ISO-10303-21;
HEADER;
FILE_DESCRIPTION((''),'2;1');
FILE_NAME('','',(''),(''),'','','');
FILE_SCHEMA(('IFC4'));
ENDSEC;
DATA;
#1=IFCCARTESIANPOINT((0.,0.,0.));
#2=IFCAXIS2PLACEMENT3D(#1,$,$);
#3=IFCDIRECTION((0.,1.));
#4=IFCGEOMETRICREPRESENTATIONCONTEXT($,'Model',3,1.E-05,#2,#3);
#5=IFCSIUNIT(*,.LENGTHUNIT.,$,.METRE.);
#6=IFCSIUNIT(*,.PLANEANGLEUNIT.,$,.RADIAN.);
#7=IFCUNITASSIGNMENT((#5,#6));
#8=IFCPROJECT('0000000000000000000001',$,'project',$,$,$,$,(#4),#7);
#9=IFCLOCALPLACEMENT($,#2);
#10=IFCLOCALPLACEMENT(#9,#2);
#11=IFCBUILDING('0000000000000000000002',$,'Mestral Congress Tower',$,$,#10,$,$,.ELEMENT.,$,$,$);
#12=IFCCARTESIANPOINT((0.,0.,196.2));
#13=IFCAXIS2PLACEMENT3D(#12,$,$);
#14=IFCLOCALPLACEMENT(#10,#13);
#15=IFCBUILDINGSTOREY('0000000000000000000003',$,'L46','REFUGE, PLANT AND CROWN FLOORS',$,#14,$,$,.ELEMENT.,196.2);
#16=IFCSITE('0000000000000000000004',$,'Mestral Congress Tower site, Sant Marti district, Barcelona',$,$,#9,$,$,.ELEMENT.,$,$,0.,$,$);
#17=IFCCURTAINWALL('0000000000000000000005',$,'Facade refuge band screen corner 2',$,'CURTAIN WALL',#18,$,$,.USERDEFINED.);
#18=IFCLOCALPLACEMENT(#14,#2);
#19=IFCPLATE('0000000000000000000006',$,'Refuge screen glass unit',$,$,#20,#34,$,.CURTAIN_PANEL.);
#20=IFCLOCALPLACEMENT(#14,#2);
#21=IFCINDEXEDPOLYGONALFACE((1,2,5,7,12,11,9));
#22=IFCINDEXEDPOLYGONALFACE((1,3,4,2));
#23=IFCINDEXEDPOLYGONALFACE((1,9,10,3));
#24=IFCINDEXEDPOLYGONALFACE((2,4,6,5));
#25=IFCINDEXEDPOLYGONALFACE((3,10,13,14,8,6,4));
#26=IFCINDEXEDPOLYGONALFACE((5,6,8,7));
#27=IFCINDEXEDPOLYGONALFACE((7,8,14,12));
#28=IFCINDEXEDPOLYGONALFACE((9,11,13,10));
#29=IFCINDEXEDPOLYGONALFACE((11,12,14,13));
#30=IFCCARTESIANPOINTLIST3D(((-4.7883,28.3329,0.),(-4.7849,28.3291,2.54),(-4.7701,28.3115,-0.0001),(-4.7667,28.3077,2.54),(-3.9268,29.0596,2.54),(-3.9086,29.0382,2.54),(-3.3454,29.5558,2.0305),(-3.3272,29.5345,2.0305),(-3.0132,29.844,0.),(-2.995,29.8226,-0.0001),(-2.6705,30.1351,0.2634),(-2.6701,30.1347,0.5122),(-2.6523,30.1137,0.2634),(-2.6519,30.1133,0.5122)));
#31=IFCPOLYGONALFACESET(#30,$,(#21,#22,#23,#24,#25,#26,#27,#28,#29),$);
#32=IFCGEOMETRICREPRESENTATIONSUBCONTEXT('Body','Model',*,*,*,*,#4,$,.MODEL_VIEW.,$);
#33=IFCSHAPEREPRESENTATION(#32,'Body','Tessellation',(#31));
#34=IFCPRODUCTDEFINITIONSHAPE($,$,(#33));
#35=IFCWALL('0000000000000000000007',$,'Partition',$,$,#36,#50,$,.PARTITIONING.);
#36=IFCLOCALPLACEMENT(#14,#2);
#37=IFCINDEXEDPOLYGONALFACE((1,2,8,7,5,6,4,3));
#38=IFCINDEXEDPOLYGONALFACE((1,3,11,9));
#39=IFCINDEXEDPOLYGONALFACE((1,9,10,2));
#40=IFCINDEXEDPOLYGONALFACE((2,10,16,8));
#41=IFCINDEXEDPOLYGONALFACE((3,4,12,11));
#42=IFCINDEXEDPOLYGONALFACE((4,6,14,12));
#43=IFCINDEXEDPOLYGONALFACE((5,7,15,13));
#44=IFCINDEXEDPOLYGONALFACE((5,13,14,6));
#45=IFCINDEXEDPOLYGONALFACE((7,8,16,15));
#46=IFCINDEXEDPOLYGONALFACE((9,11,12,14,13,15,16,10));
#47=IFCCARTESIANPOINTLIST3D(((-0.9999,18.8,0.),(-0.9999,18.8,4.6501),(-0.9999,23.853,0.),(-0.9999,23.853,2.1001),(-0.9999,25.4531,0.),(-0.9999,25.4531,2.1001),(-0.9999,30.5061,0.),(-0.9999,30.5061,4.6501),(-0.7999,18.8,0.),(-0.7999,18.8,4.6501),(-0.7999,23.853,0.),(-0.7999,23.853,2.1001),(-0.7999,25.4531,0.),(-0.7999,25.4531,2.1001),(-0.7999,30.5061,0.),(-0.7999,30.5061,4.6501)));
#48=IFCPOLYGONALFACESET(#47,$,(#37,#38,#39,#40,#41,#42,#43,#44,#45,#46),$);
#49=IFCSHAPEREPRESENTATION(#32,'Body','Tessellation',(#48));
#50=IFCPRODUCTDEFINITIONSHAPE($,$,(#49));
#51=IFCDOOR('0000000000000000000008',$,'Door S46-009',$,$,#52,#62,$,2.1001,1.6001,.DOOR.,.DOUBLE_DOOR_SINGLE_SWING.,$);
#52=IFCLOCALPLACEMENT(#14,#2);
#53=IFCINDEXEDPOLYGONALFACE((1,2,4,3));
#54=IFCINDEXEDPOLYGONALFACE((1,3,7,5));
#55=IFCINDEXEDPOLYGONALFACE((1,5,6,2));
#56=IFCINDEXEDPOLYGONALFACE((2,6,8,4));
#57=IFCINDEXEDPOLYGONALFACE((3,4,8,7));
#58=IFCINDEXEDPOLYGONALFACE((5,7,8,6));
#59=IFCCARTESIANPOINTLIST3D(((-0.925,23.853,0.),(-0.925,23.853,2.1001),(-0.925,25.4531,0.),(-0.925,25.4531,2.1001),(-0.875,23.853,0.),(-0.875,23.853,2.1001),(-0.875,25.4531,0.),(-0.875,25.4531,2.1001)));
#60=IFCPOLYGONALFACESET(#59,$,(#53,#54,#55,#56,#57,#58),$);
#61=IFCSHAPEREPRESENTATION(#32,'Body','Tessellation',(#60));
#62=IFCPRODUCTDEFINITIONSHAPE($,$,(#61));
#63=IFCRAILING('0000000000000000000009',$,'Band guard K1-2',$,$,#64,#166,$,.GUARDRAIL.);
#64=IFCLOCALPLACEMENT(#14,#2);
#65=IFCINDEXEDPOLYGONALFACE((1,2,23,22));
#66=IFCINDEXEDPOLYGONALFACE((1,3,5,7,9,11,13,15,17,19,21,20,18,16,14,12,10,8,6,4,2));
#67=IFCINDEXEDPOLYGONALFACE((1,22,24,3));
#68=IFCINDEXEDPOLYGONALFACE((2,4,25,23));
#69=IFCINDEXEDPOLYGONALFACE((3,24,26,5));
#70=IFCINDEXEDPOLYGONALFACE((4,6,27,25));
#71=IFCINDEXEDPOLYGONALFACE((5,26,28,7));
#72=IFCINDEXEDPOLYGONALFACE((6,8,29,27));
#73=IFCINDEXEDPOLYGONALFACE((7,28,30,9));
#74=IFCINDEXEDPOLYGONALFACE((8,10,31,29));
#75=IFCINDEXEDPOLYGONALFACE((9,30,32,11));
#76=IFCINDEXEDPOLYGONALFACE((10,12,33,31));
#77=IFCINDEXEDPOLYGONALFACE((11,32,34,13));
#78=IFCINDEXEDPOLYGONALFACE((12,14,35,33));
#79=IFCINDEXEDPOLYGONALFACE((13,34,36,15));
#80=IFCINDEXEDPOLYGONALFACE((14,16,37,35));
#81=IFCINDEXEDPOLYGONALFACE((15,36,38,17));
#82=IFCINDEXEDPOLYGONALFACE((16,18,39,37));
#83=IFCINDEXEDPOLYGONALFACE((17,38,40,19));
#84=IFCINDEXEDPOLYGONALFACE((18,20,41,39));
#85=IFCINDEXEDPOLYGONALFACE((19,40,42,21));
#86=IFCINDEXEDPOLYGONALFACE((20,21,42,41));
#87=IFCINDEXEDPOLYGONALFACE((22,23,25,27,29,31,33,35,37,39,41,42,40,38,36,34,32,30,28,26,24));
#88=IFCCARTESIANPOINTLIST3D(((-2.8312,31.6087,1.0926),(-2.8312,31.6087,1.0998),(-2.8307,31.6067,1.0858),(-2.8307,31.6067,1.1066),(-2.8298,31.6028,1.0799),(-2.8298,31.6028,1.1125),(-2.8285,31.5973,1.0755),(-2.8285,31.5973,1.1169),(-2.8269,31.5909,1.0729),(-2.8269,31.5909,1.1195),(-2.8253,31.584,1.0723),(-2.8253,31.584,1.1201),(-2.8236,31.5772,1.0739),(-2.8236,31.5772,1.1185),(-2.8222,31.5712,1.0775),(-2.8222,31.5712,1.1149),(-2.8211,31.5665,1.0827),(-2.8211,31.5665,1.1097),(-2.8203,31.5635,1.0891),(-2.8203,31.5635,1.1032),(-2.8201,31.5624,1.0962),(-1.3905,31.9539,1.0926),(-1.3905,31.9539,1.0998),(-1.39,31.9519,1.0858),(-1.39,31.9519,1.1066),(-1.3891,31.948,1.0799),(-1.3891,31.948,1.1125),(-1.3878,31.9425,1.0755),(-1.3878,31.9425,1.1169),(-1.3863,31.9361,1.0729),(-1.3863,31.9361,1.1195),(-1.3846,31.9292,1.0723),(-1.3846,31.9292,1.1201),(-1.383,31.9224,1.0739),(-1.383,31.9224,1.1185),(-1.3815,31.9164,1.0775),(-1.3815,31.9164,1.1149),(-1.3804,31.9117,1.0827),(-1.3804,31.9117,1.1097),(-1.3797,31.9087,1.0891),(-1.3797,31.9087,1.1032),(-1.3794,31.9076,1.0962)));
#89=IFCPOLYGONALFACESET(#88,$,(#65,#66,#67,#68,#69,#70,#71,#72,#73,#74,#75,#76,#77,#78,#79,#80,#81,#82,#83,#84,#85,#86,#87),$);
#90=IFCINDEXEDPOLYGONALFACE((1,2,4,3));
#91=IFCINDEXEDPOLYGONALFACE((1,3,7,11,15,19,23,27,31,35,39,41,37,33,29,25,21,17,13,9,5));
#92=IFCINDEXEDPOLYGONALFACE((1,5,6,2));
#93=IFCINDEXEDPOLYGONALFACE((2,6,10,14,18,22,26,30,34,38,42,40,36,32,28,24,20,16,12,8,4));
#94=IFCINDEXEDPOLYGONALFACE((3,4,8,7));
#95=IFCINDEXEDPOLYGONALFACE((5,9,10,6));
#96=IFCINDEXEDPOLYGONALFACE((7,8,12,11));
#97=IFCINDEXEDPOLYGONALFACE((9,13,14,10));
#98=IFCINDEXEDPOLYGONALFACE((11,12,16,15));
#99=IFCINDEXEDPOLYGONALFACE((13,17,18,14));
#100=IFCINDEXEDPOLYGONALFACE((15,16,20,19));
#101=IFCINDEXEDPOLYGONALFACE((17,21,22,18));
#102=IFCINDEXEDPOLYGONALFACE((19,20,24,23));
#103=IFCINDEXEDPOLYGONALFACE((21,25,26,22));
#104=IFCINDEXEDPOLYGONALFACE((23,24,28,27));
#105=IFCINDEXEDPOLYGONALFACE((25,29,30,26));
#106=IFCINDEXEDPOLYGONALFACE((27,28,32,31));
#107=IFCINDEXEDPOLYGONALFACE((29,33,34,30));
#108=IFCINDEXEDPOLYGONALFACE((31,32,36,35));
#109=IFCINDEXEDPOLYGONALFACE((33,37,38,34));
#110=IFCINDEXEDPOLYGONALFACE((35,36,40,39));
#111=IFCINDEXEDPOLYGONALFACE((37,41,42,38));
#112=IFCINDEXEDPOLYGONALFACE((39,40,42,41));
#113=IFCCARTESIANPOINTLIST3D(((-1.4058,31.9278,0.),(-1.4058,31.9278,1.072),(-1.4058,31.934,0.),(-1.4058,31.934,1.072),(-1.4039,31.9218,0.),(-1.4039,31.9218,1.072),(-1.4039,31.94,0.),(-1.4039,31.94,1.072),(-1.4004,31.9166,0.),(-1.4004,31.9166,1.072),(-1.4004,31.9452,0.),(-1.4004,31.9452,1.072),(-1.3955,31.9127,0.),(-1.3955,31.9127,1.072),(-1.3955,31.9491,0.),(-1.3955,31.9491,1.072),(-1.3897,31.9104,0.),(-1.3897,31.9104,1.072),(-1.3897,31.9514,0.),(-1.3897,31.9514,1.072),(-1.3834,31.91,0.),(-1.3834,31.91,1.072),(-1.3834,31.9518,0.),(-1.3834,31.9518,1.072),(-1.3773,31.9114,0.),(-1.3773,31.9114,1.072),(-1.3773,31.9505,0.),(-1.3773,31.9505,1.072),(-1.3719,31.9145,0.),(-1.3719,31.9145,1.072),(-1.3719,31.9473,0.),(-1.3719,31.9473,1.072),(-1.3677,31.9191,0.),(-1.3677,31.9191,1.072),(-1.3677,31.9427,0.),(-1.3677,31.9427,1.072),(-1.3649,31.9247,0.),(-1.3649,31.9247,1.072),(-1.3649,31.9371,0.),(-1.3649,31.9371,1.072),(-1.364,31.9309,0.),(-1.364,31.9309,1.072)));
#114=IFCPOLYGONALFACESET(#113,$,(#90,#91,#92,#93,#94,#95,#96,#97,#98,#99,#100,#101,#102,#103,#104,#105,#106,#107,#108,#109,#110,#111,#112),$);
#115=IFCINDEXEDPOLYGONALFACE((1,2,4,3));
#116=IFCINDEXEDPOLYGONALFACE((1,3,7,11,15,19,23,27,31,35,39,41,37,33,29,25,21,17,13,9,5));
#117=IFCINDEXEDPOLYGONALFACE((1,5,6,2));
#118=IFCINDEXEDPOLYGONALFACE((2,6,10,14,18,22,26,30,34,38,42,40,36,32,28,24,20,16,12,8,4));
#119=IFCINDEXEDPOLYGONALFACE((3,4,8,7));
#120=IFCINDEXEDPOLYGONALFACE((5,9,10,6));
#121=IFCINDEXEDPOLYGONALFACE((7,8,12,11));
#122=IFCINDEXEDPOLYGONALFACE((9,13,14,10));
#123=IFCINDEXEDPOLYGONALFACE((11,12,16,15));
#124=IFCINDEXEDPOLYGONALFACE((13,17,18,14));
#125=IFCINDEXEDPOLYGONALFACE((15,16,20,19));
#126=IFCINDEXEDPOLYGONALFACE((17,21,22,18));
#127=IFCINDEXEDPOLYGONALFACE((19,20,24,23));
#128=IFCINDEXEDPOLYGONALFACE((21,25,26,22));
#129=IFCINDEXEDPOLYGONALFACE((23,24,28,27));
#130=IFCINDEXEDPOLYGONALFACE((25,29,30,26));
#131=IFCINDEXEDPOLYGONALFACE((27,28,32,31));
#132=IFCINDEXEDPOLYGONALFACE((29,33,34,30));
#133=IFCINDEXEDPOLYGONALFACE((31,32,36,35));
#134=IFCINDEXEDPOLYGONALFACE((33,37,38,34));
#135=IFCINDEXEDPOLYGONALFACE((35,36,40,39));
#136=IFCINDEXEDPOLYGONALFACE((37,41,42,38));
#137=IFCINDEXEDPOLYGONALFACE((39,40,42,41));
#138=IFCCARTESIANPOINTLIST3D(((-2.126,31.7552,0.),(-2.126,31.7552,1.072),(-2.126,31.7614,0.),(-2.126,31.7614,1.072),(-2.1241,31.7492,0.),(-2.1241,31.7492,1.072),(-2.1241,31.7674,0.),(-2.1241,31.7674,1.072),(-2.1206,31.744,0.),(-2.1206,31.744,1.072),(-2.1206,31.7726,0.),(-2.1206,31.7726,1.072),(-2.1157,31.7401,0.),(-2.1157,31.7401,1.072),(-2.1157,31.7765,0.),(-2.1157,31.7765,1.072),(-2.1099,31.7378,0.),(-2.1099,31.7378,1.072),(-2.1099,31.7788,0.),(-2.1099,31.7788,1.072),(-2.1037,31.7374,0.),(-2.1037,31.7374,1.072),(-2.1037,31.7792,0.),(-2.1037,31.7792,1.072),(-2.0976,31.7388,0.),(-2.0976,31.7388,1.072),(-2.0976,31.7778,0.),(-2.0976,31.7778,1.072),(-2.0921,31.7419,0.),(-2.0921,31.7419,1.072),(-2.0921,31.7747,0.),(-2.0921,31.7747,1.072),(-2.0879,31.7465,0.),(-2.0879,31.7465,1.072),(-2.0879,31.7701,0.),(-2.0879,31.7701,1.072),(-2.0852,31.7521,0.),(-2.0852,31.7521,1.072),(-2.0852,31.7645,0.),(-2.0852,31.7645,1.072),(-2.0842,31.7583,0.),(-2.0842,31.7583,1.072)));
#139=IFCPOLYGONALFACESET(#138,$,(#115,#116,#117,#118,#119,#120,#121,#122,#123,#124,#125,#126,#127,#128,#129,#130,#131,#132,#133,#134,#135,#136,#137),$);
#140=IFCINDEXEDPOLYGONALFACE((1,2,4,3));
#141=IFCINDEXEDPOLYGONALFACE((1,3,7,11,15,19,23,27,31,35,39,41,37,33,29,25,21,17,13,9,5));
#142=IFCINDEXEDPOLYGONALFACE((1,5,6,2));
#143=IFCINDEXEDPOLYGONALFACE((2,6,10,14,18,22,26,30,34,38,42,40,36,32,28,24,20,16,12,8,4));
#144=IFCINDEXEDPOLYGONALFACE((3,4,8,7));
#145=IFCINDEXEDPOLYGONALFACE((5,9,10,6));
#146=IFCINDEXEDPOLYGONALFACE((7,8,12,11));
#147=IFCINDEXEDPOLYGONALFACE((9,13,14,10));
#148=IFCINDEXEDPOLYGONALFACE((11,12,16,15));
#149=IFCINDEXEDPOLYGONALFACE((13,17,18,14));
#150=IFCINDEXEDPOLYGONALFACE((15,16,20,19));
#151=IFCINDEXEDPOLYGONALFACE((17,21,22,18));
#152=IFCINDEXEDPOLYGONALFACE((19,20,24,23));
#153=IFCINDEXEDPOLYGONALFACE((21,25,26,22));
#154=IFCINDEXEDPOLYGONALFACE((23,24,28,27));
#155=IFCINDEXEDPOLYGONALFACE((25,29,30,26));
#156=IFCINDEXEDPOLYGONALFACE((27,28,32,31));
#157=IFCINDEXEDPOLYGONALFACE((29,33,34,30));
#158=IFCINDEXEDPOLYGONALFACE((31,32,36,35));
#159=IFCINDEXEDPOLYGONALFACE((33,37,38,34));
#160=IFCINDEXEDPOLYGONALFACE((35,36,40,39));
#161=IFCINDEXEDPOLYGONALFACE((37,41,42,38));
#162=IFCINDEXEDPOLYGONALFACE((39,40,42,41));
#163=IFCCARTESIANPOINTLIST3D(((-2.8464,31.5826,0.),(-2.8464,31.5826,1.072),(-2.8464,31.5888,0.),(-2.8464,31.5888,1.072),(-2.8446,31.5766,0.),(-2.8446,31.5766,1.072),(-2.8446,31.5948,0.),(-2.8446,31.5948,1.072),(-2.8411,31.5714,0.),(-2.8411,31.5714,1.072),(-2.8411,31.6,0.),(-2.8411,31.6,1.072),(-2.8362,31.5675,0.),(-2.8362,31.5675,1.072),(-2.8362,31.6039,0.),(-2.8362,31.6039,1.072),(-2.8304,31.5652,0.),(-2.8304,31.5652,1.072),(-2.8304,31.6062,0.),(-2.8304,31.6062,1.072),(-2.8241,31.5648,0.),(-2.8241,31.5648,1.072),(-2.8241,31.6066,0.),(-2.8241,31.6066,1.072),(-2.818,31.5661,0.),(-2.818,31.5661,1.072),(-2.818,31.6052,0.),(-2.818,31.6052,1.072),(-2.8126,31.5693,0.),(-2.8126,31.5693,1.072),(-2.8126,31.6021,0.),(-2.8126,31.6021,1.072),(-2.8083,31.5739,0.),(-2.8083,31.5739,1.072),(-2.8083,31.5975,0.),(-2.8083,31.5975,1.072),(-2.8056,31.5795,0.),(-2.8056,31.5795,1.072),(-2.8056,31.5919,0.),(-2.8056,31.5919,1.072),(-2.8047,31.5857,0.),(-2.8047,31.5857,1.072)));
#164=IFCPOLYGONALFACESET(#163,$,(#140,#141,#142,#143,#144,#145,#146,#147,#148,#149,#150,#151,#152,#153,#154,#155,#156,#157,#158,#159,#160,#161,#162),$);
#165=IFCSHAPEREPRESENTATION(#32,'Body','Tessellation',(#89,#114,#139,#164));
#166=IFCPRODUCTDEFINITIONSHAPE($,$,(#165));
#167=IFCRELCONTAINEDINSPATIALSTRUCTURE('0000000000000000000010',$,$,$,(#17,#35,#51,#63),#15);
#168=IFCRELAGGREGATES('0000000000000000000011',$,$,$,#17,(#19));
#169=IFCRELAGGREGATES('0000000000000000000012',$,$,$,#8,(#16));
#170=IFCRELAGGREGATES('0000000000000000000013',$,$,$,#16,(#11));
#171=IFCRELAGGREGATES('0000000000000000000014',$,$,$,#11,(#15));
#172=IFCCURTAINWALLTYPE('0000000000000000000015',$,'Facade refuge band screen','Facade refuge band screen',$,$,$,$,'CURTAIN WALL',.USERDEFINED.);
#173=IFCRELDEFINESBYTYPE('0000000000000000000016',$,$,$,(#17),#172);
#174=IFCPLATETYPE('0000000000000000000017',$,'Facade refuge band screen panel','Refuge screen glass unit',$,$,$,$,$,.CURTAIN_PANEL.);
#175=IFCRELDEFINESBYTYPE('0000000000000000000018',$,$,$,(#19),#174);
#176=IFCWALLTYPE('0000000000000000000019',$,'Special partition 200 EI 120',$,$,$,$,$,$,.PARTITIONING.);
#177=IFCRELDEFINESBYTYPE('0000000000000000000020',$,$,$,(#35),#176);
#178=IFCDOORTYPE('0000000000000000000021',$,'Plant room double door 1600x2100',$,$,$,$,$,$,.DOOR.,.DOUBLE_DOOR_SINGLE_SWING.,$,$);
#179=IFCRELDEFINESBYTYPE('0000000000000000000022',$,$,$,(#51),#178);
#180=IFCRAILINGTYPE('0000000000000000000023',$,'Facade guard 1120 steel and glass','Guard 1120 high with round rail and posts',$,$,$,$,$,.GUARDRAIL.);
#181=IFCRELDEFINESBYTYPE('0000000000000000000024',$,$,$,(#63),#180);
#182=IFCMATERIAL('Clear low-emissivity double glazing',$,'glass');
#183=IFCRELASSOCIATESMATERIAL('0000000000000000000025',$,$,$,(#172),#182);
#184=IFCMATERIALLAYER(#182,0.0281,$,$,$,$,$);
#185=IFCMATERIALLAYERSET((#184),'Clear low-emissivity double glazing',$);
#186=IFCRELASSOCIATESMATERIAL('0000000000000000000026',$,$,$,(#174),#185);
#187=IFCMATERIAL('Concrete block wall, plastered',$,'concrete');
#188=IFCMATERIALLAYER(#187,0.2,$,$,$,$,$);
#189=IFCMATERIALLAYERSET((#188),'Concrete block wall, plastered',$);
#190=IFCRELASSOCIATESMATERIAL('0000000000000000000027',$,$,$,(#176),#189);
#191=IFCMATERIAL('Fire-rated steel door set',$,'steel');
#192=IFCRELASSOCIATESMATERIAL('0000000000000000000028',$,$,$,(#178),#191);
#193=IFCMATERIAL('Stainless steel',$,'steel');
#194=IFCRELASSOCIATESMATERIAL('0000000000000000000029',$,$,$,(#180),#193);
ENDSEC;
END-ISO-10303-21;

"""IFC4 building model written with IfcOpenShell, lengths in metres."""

from ifc_helpers import new_model, si_unit, direction, frame, frame_2d, origin, origin_2d, place, context, subcontext, project, spatial, polyline, rectangle, circle, outline, extrude, material, layer, layer_set, type_object, element, fill, aggregate, save


model = new_model("IFC4")

# Units and contexts
model_context = context("Model", 3, precision=1e-05, world=origin(), true_north=direction((0.0, 1.0)))
body_context = subcontext(model_context, "Body", "Model", "MODEL_VIEW")
ifc_project = project(units=[si_unit("LENGTHUNIT", "METRE"), si_unit("PLANEANGLEUNIT", "RADIAN")], contexts=[model_context])

# Site, building, storey
site_placement = place(None, origin())
site = spatial("IfcSite", under=ifc_project, at=site_placement, Name="Mestral Congress Tower site, Sant Marti district, Barcelona", CompositionType="ELEMENT", RefElevation=0.0)
building_placement = place(site_placement, origin())
building = spatial("IfcBuilding", under=site, at=building_placement, Name="Mestral Congress Tower", CompositionType="ELEMENT")
storey_placement = place(building_placement, frame((0.0, 0.0, 196.2)))
storey = spatial("IfcBuildingStorey", under=building, at=storey_placement, Name="L46", Description="REFUGE, PLANT AND CROWN FLOORS", CompositionType="ELEMENT", Elevation=196.2)

# Curtain wall
ifc_material_1 = material(Name="Clear low-emissivity double glazing", Category="glass")
curtain_wall_type = type_object("IfcCurtainWallType", Name="Facade refuge band screen", Description="Facade refuge band screen", ElementType="CURTAIN WALL", PredefinedType="USERDEFINED", material=ifc_material_1)
curtain_wall_placement = place(storey_placement, origin())
curtain_wall = element("IfcCurtainWall", 1, at=curtain_wall_placement, inside=storey, type_object=curtain_wall_type, Name="Facade refuge band screen corner 2", ObjectType="CURTAIN WALL", PredefinedType="USERDEFINED")

# Plate
ifc_layer_1 = layer(ifc_material_1, 0.0281)
ifc_layer_set_1 = layer_set([ifc_layer_1], Name="Clear low-emissivity double glazing")
plate_type_1 = type_object("IfcPlateType", Name="Facade refuge band screen panel", Description="Refuge screen glass unit", PredefinedType="CURTAIN_PANEL", material=ifc_layer_set_1)
plate_1_placement = place(storey_placement, frame((-3.0132, 29.844, 0.0), z_axis=(-0.648208, 0.761461, 0.002008), x_axis=(0.657671, 0.558521, 0.505492)))
plate_1 = element("IfcPlate", 2, at=plate_1_placement, type_object=plate_type_1, Name="Refuge screen glass unit", PredefinedType="CURTAIN_PANEL", context=body_context, shape_type="SweptSolid", body=[
    extrude(outline(polyline([(0.0, 0.0), (0.5211, 0.0), (0.6469, -0.2146), (0.647, -1.9743), (0.245, -2.8003), (-0.7273, -3.37), (-2.0114, -1.1784), (0.0, 0.0)])), origin(), (0.0, 0.0, -1.0), 0.0281),
])

# Wall, opening, door
ifc_material_2 = material(Name="Concrete block wall, plastered", Category="concrete")
ifc_layer_2 = layer(ifc_material_2, 0.2)
ifc_layer_set_2 = layer_set([ifc_layer_2], Name="Concrete block wall, plastered")
wall_type = type_object("IfcWallType", Name="Special partition 200 EI 120", PredefinedType="PARTITIONING", material=ifc_layer_set_2)
wall_placement = place(storey_placement, frame((-0.8999, 30.5061, 0.0), z_axis=(0.0, 0.0, 1.0), x_axis=(0.0, -1.0, 0.0)))
wall = element("IfcWall", 3, at=wall_placement, inside=storey, type_object=wall_type, Name="Partition", PredefinedType="PARTITIONING", context=body_context, shape_type="SweptSolid", body=[
    extrude(rectangle(XDim=11.7061, YDim=0.2, at=frame_2d((5.853, 0.0))), origin(), (0.0, 0.0, 1.0), 4.6501),
])
opening_placement = place(wall_placement, frame((5.053, 0.0, 0.0)))
opening = element("IfcOpeningElement", 4, at=opening_placement, cuts=wall, PredefinedType="OPENING", context=body_context, shape_type="SweptSolid", body=[
    extrude(rectangle(XDim=1.6001, YDim=2.1001, at=frame_2d((0.8, 1.05))), frame((0.0, 0.1099, 0.0), z_axis=(0.0, -1.0, 0.0), x_axis=(1.0, 0.0, 0.0)), (0.0, 0.0, 1.0), 0.22),
])
ifc_material_3 = material(Name="Fire-rated steel door set", Category="steel")
door_type = type_object("IfcDoorType", Name="Plant room double door 1600x2100", OperationType="DOUBLE_DOOR_SINGLE_SWING", PredefinedType="DOOR", material=ifc_material_3)
door_placement = place(opening_placement, origin())
door = element("IfcDoor", 5, at=door_placement, inside=storey, type_object=door_type, Name="Door S46-009", OperationType="DOUBLE_DOOR_SINGLE_SWING", OverallHeight=2.1001, OverallWidth=1.6001, PredefinedType="DOOR", context=body_context, shape_type="SweptSolid", body=[
    extrude(rectangle(XDim=1.6001, YDim=2.1001, at=frame_2d((0.8, 1.05))), frame((0.0, 0.0249, 0.0), z_axis=(0.0, -1.0, 0.0), x_axis=(1.0, 0.0, 0.0)), (0.0, 0.0, 1.0), 0.05),
])
fill(opening, door)

# Railing
ifc_material_4 = material(Name="Stainless steel", Category="steel")
railing_type = type_object("IfcRailingType", Name="Facade guard 1120 steel and glass", Description="Guard 1120 high with round rail and posts", PredefinedType="GUARDRAIL", material=ifc_material_4)
railing_1_placement = place(storey_placement, frame((-1.385, 31.9309, 0.0)))
element("IfcRailing", 6, at=railing_1_placement, inside=storey, type_object=railing_type, Name="Band guard K1-2", PredefinedType="GUARDRAIL", context=body_context, shape_type="SweptSolid", body=[
    extrude(circle(Radius=0.0239, at=origin_2d()), frame((0.0, 0.0, 1.0962), z_axis=(-0.972471, -0.233024, 0.0), x_axis=(0.233024, -0.972471, 0.0)), (0.0, 0.0, 1.0), 1.4814),
    extrude(circle(Radius=0.021, at=origin_2d()), origin(), (0.0, 0.0, 1.0), 1.072),
    extrude(circle(Radius=0.021, at=origin_2d()), frame((-0.7202, -0.1726, 0.0)), (0.0, 0.0, 1.0), 1.072),
    extrude(circle(Radius=0.021, at=origin_2d()), frame((-1.4407, -0.3452, 0.0)), (0.0, 0.0, 1.0), 1.072),
])

aggregate(curtain_wall, [plate_1])

save(model, "model.ifc")
